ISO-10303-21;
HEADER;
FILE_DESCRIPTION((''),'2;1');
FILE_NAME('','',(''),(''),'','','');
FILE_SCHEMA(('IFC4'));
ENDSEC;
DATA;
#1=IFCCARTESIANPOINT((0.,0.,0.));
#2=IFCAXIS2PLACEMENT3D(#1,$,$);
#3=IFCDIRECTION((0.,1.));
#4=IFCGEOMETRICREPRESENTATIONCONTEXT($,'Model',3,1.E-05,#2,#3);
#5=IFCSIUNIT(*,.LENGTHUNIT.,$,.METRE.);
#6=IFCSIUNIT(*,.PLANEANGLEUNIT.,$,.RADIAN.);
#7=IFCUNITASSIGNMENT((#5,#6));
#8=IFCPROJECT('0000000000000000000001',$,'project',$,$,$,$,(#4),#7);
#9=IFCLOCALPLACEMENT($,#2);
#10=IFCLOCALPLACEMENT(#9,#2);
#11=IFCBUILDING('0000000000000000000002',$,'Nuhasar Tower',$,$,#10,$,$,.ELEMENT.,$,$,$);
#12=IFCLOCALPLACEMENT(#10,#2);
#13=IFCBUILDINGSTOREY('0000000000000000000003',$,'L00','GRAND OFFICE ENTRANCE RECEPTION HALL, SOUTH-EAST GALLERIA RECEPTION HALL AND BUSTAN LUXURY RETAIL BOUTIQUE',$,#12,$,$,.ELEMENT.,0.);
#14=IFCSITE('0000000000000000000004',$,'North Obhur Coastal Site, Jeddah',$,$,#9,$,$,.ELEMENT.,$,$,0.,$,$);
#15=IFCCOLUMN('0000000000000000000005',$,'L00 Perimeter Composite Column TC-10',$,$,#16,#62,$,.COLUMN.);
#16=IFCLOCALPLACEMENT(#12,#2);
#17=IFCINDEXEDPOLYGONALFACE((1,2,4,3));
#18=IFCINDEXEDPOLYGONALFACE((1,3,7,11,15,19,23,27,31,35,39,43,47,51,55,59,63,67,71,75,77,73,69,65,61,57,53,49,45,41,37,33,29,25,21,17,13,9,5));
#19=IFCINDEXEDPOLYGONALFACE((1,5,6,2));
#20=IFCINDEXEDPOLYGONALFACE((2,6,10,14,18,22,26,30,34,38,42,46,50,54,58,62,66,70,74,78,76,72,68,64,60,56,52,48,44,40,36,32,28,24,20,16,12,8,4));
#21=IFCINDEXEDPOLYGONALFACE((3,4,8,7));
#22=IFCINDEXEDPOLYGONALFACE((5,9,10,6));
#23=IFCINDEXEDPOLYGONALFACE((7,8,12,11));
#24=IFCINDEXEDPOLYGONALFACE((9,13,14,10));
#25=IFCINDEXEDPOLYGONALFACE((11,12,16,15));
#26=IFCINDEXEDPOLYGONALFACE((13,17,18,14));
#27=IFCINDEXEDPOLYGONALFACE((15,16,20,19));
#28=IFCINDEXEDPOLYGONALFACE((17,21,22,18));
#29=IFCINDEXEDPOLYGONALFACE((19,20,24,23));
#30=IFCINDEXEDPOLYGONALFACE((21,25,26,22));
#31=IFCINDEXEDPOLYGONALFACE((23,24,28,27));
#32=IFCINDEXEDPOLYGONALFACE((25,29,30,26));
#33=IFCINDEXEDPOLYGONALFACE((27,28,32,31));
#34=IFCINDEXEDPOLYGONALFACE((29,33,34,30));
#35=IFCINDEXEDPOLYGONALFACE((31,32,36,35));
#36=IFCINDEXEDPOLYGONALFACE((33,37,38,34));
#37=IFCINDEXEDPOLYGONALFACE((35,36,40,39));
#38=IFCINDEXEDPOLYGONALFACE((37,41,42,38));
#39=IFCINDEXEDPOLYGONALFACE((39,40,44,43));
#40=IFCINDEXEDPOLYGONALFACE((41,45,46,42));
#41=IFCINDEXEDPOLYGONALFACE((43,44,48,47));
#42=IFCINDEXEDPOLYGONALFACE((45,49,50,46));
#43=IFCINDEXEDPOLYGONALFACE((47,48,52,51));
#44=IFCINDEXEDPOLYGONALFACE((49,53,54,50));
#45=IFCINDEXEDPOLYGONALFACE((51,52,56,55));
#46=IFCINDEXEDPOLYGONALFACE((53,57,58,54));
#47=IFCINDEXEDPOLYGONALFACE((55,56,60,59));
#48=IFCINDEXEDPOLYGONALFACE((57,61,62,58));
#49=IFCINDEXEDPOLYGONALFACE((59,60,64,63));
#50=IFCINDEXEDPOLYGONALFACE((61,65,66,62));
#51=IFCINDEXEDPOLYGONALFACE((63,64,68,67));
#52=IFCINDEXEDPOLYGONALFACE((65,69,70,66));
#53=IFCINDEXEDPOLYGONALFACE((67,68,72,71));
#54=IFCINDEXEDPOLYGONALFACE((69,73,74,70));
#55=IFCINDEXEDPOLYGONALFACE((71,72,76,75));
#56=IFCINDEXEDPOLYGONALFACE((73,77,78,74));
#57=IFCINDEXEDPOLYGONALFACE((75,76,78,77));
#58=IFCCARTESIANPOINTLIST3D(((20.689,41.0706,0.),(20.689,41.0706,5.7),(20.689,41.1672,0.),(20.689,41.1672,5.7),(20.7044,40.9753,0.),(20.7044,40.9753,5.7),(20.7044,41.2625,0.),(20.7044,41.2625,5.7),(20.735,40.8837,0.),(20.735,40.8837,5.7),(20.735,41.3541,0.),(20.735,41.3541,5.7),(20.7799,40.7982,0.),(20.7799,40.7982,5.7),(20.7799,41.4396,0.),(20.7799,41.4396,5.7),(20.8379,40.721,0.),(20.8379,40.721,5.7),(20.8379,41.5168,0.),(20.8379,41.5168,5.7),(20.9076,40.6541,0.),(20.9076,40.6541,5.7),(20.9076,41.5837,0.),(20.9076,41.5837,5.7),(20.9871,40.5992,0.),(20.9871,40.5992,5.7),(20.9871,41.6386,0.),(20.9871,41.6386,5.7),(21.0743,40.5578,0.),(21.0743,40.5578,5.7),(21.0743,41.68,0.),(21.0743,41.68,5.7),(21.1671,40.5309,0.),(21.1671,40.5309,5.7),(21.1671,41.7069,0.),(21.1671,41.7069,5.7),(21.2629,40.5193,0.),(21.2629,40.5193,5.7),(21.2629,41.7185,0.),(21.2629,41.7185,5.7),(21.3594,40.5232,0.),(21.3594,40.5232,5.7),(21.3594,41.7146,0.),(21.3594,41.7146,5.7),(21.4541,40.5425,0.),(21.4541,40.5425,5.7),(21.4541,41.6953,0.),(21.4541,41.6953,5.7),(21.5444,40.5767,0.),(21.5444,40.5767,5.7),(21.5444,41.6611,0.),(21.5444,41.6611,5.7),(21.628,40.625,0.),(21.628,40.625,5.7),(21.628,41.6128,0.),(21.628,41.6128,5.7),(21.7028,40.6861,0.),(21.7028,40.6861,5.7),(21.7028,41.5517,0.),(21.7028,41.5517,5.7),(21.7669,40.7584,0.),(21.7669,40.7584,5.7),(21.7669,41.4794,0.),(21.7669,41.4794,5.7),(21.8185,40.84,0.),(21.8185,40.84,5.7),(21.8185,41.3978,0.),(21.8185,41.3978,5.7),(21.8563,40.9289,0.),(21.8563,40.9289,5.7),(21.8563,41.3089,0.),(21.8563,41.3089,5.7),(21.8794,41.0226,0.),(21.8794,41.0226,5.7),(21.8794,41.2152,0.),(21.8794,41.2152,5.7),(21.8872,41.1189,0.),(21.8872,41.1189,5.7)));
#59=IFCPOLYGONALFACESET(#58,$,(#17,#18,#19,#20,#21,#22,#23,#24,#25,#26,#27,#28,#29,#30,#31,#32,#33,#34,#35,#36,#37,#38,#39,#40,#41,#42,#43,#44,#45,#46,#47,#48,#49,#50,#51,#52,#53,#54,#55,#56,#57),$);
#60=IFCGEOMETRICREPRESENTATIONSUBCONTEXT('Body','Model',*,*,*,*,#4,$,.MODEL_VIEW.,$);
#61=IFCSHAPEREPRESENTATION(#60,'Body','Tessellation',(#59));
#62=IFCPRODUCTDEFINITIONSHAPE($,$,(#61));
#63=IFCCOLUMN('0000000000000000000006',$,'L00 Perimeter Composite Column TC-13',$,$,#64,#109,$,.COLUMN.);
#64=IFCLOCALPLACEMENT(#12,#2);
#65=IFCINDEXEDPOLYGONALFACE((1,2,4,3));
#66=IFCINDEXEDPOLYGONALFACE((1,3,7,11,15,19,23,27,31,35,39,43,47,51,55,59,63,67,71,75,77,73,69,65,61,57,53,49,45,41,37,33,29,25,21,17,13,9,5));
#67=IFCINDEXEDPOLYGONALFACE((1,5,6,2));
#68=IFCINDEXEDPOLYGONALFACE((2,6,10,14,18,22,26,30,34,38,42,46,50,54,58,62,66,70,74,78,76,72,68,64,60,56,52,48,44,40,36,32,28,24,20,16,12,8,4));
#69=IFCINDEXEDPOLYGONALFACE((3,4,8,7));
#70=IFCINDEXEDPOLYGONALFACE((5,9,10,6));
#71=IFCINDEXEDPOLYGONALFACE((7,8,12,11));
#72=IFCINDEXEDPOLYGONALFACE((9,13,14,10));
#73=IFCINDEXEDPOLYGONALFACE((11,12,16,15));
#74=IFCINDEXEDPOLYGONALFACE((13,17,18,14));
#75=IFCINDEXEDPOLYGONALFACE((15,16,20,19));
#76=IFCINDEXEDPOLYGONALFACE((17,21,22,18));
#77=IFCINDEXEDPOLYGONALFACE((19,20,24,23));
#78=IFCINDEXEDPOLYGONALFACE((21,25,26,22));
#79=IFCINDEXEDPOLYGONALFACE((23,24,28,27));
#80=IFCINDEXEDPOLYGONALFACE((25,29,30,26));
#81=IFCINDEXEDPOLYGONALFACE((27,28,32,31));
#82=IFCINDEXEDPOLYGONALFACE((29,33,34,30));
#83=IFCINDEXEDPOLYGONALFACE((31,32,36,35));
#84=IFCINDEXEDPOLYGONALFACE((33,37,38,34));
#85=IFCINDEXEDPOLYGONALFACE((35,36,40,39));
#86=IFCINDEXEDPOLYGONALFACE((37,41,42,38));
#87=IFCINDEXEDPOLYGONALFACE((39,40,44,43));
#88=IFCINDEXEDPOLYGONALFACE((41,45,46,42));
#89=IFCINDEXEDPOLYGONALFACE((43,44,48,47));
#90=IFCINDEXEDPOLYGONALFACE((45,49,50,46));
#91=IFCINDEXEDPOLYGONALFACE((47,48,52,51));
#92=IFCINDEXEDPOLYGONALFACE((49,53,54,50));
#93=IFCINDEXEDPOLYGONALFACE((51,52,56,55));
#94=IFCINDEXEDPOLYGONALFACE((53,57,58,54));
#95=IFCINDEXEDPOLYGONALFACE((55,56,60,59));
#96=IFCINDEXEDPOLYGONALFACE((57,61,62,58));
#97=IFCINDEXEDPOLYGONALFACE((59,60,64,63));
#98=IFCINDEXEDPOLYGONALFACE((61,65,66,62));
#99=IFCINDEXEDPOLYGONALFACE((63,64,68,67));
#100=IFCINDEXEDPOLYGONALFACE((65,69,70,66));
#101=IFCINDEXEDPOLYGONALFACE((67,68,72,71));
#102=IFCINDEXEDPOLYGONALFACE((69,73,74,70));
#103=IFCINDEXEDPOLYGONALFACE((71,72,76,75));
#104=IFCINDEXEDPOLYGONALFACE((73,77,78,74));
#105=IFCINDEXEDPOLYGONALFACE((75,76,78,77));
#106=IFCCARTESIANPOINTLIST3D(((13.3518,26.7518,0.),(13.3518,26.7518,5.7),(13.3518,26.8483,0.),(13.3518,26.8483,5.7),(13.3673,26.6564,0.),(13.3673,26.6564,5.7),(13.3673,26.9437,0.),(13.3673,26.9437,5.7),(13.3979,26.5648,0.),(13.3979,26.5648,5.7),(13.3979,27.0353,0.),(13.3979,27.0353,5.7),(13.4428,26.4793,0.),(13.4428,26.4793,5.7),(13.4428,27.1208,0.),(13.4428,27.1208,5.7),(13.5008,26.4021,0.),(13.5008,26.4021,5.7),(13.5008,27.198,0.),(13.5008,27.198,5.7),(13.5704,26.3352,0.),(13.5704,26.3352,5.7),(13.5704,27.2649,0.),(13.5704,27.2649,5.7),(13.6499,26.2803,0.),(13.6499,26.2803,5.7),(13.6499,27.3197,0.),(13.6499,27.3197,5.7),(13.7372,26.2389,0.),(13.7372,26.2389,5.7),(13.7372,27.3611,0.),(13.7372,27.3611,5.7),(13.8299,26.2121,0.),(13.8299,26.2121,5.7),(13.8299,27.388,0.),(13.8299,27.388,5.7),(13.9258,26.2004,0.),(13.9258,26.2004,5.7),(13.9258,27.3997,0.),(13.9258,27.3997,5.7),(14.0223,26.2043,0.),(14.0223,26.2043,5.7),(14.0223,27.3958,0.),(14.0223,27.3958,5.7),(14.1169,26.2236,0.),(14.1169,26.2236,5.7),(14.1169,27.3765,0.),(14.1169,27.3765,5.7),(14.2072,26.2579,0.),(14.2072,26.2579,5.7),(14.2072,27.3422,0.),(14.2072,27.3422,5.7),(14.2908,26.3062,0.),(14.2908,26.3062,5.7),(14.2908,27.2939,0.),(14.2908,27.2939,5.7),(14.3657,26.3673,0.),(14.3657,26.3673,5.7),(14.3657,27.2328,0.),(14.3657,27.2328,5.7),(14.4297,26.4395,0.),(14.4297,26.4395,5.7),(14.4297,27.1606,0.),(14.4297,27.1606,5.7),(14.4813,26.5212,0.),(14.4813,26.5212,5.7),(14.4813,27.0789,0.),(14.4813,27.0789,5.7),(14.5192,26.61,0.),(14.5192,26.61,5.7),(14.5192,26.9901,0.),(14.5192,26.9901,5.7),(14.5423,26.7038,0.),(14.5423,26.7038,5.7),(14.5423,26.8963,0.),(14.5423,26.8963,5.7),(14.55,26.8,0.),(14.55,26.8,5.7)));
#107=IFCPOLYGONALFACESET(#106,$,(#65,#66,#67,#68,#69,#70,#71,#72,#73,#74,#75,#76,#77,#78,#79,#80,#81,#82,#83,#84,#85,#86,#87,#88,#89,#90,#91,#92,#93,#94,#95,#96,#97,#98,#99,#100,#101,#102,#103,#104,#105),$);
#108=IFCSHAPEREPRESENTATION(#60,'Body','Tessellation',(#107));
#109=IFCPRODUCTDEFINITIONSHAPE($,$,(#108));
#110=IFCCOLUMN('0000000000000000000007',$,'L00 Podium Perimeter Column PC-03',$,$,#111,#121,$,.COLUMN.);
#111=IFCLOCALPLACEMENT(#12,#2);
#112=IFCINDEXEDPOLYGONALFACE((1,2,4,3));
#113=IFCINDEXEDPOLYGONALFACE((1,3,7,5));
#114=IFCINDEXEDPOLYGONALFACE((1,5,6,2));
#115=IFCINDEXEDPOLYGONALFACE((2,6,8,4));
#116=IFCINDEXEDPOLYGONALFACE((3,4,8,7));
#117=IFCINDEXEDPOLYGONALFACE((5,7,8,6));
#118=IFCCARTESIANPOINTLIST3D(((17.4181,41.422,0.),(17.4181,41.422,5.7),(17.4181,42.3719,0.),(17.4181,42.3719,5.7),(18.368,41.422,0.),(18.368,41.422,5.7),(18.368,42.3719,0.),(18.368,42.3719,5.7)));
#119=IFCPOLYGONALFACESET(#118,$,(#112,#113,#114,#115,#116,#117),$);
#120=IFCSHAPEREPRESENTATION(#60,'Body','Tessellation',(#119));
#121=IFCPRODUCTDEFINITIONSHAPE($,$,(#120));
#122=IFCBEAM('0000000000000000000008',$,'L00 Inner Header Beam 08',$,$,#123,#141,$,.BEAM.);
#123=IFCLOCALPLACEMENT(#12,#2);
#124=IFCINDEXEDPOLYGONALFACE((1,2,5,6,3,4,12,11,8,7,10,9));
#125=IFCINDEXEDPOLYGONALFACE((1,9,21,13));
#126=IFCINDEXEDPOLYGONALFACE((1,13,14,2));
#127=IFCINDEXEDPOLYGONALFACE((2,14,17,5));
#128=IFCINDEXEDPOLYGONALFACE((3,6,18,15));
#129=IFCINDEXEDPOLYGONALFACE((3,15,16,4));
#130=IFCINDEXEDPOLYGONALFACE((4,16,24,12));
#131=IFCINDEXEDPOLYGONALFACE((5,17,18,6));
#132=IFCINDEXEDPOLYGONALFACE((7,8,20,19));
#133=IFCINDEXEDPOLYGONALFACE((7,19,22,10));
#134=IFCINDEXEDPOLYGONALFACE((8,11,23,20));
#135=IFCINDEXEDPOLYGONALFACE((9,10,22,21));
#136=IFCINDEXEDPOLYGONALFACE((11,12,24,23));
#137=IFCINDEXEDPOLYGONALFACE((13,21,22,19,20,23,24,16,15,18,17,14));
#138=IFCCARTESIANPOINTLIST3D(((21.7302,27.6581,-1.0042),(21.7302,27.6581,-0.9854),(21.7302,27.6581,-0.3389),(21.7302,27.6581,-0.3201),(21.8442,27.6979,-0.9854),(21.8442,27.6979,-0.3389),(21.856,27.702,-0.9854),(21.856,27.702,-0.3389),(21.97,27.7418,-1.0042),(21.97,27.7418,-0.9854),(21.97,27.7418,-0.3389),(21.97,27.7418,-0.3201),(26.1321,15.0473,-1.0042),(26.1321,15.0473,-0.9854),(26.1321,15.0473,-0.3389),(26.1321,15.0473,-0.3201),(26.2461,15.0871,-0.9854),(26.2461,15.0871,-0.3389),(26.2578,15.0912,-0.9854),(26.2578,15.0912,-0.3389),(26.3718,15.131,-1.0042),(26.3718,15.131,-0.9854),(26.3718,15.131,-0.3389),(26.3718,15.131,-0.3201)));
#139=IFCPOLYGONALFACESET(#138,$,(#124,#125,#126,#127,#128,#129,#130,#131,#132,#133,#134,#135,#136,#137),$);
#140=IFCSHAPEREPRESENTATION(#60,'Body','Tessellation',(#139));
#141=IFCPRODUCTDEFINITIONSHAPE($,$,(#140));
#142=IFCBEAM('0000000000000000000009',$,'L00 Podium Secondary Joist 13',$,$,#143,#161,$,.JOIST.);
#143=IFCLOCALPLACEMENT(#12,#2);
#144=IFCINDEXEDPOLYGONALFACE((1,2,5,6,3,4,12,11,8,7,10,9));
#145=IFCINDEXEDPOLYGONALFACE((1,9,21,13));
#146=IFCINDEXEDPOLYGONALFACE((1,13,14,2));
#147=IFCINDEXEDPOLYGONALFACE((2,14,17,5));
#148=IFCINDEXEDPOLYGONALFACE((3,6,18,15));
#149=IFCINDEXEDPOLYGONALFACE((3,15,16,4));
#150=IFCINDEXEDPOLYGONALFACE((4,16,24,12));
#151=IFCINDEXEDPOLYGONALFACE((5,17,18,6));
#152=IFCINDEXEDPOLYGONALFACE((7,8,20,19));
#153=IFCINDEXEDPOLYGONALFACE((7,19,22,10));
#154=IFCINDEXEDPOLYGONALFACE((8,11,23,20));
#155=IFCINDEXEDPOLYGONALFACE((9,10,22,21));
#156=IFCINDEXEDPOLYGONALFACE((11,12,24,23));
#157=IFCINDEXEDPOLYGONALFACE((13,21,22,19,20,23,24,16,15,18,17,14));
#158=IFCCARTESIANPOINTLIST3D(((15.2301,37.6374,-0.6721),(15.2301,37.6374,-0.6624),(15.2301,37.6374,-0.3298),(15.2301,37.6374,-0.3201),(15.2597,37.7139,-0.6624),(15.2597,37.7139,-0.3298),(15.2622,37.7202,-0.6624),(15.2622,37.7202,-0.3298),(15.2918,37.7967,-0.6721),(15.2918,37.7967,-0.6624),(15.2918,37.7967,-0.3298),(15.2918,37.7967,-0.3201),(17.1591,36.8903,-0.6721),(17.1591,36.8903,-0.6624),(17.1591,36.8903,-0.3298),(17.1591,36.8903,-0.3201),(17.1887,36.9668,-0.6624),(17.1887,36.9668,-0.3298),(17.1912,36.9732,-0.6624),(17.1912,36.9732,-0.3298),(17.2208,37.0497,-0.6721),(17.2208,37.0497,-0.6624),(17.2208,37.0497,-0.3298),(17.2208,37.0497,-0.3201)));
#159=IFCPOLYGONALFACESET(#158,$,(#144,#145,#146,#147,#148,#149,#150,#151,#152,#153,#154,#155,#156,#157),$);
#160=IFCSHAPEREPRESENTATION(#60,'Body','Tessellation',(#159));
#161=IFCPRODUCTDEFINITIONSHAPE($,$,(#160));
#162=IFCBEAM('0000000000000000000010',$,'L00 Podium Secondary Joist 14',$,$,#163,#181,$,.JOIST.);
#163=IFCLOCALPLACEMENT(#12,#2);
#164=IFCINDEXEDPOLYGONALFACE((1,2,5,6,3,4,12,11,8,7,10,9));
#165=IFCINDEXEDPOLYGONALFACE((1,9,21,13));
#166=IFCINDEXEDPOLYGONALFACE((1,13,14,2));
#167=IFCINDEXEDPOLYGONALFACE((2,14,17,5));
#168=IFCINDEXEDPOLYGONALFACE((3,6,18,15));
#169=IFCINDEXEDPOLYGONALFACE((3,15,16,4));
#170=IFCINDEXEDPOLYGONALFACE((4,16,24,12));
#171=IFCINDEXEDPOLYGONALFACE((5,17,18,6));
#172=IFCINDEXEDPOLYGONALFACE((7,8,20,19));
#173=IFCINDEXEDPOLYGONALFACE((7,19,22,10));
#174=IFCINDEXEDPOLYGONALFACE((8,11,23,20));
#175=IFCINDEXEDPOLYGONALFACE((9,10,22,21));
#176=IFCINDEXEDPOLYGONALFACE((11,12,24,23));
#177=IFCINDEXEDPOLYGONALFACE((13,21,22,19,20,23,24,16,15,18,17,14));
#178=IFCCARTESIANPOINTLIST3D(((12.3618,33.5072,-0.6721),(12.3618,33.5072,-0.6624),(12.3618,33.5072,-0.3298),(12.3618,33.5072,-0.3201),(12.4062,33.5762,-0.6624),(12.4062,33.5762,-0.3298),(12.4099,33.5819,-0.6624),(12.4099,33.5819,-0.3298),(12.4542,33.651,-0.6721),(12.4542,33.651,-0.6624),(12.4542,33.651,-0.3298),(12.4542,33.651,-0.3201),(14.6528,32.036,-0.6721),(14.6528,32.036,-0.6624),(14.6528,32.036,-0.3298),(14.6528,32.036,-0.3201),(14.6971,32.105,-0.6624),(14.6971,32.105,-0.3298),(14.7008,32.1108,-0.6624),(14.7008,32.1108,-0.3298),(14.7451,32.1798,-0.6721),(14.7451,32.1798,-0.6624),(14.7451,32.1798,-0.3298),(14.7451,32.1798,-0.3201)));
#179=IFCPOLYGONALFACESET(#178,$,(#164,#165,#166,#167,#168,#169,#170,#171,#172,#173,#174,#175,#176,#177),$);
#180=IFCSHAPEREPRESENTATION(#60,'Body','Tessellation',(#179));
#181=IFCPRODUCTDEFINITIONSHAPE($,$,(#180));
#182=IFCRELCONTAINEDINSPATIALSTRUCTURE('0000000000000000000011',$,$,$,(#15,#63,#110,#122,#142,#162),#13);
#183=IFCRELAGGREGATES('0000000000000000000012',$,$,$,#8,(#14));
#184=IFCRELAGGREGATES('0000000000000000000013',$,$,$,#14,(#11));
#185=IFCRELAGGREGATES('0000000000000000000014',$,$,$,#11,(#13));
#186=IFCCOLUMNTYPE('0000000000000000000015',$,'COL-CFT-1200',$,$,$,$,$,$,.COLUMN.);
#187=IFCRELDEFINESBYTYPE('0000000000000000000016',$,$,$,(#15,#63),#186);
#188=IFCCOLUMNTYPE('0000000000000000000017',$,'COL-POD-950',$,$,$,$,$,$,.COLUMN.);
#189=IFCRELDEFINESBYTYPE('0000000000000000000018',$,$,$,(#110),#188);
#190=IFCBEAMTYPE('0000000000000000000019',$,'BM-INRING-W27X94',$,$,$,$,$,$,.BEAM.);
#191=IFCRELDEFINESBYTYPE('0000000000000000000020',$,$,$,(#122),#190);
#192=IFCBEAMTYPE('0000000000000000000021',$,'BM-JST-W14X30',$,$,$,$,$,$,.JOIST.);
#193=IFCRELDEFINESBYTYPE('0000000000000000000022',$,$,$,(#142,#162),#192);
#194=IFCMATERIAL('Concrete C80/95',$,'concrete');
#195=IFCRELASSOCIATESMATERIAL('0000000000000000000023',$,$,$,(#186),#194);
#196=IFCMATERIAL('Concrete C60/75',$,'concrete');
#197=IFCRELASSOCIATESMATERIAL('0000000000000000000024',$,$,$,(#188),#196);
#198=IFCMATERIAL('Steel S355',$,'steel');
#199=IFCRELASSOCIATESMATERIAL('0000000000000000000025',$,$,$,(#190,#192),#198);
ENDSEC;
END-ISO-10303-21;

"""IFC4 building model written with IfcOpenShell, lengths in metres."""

from ifc_helpers import new_model, si_unit, direction, frame, origin, origin_2d, place, context, subcontext, project, spatial, rectangle, circle, i_section, extrude, material, material_profile, profile_set, type_object, element, save


model = new_model("IFC4")

# Units and contexts
model_context = context("Model", 3, precision=1e-05, world=origin(), true_north=direction((0.0, 1.0)))
body_context = subcontext(model_context, "Body", "Model", "MODEL_VIEW")
ifc_project = project(units=[si_unit("LENGTHUNIT", "METRE"), si_unit("PLANEANGLEUNIT", "RADIAN")], contexts=[model_context])

# Site, building, storey
site_placement = place(None, origin())
site = spatial("IfcSite", under=ifc_project, at=site_placement, Name="North Obhur Coastal Site, Jeddah", CompositionType="ELEMENT", RefElevation=0.0)
building_placement = place(site_placement, origin())
building = spatial("IfcBuilding", under=site, at=building_placement, Name="Nuhasar Tower", CompositionType="ELEMENT")
storey_placement = place(building_placement, origin())
storey = spatial("IfcBuildingStorey", under=building, at=storey_placement, Name="L00", Description="GRAND OFFICE ENTRANCE RECEPTION HALL, SOUTH-EAST GALLERIA RECEPTION HALL AND BUSTAN LUXURY RETAIL BOUTIQUE", CompositionType="ELEMENT", Elevation=0.0)

# Columns
ifc_material_1 = material(Name="Concrete C80/95", Category="concrete")
ifc_material_profile_1 = material_profile(ifc_material_1, circle(Radius=0.6001, at=origin_2d()), Name="CFT1200")
ifc_profile_set_1 = profile_set([ifc_material_profile_1], Name="Concrete C80/95")
column_type_1 = type_object("IfcColumnType", Name="COL-CFT-1200", PredefinedType="COLUMN", material=ifc_profile_set_1)
for number, where, z_axis, x_axis, name in (
    (1, (21.2871, 41.1189, 0.0), (0.0, 0.0, 1.0), (1.0, 0.0, 0.0), "L00 Perimeter Composite Column TC-10"),
    (2, (13.95, 26.8, 0.0), (0.0, 0.0, 1.0), (1.0, 0.0, 0.0), "L00 Perimeter Composite Column TC-13"),
):
    element("IfcColumn", number, at=place(storey_placement, frame(where, z_axis=z_axis, x_axis=x_axis)), inside=storey, type_object=column_type_1, Name=name, PredefinedType="COLUMN", context=body_context, shape_type="SweptSolid", body=[
        extrude(circle(Radius=0.6001, at=origin_2d()), origin(), (0.0, 0.0, 1.0), 5.7),
    ])
ifc_material_2 = material(Name="Concrete C60/75", Category="concrete")
ifc_material_profile_2 = material_profile(ifc_material_2, rectangle(XDim=0.95, YDim=0.95, at=origin_2d()), Name="RC950X950")
ifc_profile_set_2 = profile_set([ifc_material_profile_2], Name="Concrete C60/75")
column_type_2 = type_object("IfcColumnType", Name="COL-POD-950", PredefinedType="COLUMN", material=ifc_profile_set_2)
column_placement = place(storey_placement, frame((17.8931, 41.897, 0.0), z_axis=(0.0, 0.0, 1.0), x_axis=(1.0, 0.0, 0.0)))
element("IfcColumn", 3, at=column_placement, inside=storey, type_object=column_type_2, Name="L00 Podium Perimeter Column PC-03", PredefinedType="COLUMN", context=body_context, shape_type="SweptSolid", body=[
    extrude(rectangle(XDim=0.95, YDim=0.95, at=origin_2d()), origin(), (0.0, 0.0, 1.0), 5.7),
])

# Beams
ifc_material_3 = material(Name="Steel S355", Category="steel")
ifc_material_profile_3 = material_profile(ifc_material_3, i_section(OverallWidth=0.2539, OverallDepth=0.6841, WebThickness=0.0125, FlangeThickness=0.0188, at=origin_2d()), Name="W27X94")
ifc_profile_set_3 = profile_set([ifc_material_profile_3], Name="Steel S355")
beam_type_1 = type_object("IfcBeamType", Name="BM-INRING-W27X94", PredefinedType="BEAM", material=ifc_profile_set_3)
beam_1_placement = place(storey_placement, frame((21.8501, 27.7, -0.6621), z_axis=(0.329554, -0.944137, 0.0), x_axis=(0.944137, 0.329554, 0.0)))
element("IfcBeam", 4, at=beam_1_placement, inside=storey, type_object=beam_type_1, Name="L00 Inner Header Beam 08", PredefinedType="BEAM", context=body_context, shape_type="SweptSolid", body=[
    extrude(i_section(OverallWidth=0.2539, OverallDepth=0.6841, WebThickness=0.0125, FlangeThickness=0.0188, at=origin_2d()), origin(), (0.0, 0.0, 1.0), 13.3569),
])
ifc_material_profile_4 = material_profile(ifc_material_3, i_section(OverallWidth=0.1709, OverallDepth=0.3521, WebThickness=0.0068, FlangeThickness=0.0098, at=origin_2d()), Name="W14X30")
ifc_profile_set_4 = profile_set([ifc_material_profile_4], Name="Steel S355")
beam_type_2 = type_object("IfcBeamType", Name="BM-JST-W14X30", PredefinedType="JOIST", material=ifc_profile_set_4)
beam_2_placement = place(storey_placement, frame((17.1899, 36.97, -0.4961), z_axis=(-0.932507, 0.361153, 0.0), x_axis=(-0.361153, -0.932507, 0.0)))
element("IfcBeam", 5, at=beam_2_placement, inside=storey, type_object=beam_type_2, Name="L00 Podium Secondary Joist 13", PredefinedType="JOIST", context=body_context, shape_type="SweptSolid", body=[
    extrude(i_section(OverallWidth=0.1709, OverallDepth=0.3521, WebThickness=0.0068, FlangeThickness=0.0098, at=origin_2d()), origin(), (0.0, 0.0, 1.0), 2.0686),
])
beam_3_placement = place(storey_placement, frame((14.699, 32.1079, -0.4961), z_axis=(-0.841446, 0.540341, 0.0), x_axis=(-0.540341, -0.841446, 0.0)))
element("IfcBeam", 6, at=beam_3_placement, inside=storey, type_object=beam_type_2, Name="L00 Podium Secondary Joist 14", PredefinedType="JOIST", context=body_context, shape_type="SweptSolid", body=[
    extrude(i_section(OverallWidth=0.1709, OverallDepth=0.3521, WebThickness=0.0068, FlangeThickness=0.0098, at=origin_2d()), origin(), (0.0, 0.0, 1.0), 2.7227),
])

save(model, "model.ifc")
